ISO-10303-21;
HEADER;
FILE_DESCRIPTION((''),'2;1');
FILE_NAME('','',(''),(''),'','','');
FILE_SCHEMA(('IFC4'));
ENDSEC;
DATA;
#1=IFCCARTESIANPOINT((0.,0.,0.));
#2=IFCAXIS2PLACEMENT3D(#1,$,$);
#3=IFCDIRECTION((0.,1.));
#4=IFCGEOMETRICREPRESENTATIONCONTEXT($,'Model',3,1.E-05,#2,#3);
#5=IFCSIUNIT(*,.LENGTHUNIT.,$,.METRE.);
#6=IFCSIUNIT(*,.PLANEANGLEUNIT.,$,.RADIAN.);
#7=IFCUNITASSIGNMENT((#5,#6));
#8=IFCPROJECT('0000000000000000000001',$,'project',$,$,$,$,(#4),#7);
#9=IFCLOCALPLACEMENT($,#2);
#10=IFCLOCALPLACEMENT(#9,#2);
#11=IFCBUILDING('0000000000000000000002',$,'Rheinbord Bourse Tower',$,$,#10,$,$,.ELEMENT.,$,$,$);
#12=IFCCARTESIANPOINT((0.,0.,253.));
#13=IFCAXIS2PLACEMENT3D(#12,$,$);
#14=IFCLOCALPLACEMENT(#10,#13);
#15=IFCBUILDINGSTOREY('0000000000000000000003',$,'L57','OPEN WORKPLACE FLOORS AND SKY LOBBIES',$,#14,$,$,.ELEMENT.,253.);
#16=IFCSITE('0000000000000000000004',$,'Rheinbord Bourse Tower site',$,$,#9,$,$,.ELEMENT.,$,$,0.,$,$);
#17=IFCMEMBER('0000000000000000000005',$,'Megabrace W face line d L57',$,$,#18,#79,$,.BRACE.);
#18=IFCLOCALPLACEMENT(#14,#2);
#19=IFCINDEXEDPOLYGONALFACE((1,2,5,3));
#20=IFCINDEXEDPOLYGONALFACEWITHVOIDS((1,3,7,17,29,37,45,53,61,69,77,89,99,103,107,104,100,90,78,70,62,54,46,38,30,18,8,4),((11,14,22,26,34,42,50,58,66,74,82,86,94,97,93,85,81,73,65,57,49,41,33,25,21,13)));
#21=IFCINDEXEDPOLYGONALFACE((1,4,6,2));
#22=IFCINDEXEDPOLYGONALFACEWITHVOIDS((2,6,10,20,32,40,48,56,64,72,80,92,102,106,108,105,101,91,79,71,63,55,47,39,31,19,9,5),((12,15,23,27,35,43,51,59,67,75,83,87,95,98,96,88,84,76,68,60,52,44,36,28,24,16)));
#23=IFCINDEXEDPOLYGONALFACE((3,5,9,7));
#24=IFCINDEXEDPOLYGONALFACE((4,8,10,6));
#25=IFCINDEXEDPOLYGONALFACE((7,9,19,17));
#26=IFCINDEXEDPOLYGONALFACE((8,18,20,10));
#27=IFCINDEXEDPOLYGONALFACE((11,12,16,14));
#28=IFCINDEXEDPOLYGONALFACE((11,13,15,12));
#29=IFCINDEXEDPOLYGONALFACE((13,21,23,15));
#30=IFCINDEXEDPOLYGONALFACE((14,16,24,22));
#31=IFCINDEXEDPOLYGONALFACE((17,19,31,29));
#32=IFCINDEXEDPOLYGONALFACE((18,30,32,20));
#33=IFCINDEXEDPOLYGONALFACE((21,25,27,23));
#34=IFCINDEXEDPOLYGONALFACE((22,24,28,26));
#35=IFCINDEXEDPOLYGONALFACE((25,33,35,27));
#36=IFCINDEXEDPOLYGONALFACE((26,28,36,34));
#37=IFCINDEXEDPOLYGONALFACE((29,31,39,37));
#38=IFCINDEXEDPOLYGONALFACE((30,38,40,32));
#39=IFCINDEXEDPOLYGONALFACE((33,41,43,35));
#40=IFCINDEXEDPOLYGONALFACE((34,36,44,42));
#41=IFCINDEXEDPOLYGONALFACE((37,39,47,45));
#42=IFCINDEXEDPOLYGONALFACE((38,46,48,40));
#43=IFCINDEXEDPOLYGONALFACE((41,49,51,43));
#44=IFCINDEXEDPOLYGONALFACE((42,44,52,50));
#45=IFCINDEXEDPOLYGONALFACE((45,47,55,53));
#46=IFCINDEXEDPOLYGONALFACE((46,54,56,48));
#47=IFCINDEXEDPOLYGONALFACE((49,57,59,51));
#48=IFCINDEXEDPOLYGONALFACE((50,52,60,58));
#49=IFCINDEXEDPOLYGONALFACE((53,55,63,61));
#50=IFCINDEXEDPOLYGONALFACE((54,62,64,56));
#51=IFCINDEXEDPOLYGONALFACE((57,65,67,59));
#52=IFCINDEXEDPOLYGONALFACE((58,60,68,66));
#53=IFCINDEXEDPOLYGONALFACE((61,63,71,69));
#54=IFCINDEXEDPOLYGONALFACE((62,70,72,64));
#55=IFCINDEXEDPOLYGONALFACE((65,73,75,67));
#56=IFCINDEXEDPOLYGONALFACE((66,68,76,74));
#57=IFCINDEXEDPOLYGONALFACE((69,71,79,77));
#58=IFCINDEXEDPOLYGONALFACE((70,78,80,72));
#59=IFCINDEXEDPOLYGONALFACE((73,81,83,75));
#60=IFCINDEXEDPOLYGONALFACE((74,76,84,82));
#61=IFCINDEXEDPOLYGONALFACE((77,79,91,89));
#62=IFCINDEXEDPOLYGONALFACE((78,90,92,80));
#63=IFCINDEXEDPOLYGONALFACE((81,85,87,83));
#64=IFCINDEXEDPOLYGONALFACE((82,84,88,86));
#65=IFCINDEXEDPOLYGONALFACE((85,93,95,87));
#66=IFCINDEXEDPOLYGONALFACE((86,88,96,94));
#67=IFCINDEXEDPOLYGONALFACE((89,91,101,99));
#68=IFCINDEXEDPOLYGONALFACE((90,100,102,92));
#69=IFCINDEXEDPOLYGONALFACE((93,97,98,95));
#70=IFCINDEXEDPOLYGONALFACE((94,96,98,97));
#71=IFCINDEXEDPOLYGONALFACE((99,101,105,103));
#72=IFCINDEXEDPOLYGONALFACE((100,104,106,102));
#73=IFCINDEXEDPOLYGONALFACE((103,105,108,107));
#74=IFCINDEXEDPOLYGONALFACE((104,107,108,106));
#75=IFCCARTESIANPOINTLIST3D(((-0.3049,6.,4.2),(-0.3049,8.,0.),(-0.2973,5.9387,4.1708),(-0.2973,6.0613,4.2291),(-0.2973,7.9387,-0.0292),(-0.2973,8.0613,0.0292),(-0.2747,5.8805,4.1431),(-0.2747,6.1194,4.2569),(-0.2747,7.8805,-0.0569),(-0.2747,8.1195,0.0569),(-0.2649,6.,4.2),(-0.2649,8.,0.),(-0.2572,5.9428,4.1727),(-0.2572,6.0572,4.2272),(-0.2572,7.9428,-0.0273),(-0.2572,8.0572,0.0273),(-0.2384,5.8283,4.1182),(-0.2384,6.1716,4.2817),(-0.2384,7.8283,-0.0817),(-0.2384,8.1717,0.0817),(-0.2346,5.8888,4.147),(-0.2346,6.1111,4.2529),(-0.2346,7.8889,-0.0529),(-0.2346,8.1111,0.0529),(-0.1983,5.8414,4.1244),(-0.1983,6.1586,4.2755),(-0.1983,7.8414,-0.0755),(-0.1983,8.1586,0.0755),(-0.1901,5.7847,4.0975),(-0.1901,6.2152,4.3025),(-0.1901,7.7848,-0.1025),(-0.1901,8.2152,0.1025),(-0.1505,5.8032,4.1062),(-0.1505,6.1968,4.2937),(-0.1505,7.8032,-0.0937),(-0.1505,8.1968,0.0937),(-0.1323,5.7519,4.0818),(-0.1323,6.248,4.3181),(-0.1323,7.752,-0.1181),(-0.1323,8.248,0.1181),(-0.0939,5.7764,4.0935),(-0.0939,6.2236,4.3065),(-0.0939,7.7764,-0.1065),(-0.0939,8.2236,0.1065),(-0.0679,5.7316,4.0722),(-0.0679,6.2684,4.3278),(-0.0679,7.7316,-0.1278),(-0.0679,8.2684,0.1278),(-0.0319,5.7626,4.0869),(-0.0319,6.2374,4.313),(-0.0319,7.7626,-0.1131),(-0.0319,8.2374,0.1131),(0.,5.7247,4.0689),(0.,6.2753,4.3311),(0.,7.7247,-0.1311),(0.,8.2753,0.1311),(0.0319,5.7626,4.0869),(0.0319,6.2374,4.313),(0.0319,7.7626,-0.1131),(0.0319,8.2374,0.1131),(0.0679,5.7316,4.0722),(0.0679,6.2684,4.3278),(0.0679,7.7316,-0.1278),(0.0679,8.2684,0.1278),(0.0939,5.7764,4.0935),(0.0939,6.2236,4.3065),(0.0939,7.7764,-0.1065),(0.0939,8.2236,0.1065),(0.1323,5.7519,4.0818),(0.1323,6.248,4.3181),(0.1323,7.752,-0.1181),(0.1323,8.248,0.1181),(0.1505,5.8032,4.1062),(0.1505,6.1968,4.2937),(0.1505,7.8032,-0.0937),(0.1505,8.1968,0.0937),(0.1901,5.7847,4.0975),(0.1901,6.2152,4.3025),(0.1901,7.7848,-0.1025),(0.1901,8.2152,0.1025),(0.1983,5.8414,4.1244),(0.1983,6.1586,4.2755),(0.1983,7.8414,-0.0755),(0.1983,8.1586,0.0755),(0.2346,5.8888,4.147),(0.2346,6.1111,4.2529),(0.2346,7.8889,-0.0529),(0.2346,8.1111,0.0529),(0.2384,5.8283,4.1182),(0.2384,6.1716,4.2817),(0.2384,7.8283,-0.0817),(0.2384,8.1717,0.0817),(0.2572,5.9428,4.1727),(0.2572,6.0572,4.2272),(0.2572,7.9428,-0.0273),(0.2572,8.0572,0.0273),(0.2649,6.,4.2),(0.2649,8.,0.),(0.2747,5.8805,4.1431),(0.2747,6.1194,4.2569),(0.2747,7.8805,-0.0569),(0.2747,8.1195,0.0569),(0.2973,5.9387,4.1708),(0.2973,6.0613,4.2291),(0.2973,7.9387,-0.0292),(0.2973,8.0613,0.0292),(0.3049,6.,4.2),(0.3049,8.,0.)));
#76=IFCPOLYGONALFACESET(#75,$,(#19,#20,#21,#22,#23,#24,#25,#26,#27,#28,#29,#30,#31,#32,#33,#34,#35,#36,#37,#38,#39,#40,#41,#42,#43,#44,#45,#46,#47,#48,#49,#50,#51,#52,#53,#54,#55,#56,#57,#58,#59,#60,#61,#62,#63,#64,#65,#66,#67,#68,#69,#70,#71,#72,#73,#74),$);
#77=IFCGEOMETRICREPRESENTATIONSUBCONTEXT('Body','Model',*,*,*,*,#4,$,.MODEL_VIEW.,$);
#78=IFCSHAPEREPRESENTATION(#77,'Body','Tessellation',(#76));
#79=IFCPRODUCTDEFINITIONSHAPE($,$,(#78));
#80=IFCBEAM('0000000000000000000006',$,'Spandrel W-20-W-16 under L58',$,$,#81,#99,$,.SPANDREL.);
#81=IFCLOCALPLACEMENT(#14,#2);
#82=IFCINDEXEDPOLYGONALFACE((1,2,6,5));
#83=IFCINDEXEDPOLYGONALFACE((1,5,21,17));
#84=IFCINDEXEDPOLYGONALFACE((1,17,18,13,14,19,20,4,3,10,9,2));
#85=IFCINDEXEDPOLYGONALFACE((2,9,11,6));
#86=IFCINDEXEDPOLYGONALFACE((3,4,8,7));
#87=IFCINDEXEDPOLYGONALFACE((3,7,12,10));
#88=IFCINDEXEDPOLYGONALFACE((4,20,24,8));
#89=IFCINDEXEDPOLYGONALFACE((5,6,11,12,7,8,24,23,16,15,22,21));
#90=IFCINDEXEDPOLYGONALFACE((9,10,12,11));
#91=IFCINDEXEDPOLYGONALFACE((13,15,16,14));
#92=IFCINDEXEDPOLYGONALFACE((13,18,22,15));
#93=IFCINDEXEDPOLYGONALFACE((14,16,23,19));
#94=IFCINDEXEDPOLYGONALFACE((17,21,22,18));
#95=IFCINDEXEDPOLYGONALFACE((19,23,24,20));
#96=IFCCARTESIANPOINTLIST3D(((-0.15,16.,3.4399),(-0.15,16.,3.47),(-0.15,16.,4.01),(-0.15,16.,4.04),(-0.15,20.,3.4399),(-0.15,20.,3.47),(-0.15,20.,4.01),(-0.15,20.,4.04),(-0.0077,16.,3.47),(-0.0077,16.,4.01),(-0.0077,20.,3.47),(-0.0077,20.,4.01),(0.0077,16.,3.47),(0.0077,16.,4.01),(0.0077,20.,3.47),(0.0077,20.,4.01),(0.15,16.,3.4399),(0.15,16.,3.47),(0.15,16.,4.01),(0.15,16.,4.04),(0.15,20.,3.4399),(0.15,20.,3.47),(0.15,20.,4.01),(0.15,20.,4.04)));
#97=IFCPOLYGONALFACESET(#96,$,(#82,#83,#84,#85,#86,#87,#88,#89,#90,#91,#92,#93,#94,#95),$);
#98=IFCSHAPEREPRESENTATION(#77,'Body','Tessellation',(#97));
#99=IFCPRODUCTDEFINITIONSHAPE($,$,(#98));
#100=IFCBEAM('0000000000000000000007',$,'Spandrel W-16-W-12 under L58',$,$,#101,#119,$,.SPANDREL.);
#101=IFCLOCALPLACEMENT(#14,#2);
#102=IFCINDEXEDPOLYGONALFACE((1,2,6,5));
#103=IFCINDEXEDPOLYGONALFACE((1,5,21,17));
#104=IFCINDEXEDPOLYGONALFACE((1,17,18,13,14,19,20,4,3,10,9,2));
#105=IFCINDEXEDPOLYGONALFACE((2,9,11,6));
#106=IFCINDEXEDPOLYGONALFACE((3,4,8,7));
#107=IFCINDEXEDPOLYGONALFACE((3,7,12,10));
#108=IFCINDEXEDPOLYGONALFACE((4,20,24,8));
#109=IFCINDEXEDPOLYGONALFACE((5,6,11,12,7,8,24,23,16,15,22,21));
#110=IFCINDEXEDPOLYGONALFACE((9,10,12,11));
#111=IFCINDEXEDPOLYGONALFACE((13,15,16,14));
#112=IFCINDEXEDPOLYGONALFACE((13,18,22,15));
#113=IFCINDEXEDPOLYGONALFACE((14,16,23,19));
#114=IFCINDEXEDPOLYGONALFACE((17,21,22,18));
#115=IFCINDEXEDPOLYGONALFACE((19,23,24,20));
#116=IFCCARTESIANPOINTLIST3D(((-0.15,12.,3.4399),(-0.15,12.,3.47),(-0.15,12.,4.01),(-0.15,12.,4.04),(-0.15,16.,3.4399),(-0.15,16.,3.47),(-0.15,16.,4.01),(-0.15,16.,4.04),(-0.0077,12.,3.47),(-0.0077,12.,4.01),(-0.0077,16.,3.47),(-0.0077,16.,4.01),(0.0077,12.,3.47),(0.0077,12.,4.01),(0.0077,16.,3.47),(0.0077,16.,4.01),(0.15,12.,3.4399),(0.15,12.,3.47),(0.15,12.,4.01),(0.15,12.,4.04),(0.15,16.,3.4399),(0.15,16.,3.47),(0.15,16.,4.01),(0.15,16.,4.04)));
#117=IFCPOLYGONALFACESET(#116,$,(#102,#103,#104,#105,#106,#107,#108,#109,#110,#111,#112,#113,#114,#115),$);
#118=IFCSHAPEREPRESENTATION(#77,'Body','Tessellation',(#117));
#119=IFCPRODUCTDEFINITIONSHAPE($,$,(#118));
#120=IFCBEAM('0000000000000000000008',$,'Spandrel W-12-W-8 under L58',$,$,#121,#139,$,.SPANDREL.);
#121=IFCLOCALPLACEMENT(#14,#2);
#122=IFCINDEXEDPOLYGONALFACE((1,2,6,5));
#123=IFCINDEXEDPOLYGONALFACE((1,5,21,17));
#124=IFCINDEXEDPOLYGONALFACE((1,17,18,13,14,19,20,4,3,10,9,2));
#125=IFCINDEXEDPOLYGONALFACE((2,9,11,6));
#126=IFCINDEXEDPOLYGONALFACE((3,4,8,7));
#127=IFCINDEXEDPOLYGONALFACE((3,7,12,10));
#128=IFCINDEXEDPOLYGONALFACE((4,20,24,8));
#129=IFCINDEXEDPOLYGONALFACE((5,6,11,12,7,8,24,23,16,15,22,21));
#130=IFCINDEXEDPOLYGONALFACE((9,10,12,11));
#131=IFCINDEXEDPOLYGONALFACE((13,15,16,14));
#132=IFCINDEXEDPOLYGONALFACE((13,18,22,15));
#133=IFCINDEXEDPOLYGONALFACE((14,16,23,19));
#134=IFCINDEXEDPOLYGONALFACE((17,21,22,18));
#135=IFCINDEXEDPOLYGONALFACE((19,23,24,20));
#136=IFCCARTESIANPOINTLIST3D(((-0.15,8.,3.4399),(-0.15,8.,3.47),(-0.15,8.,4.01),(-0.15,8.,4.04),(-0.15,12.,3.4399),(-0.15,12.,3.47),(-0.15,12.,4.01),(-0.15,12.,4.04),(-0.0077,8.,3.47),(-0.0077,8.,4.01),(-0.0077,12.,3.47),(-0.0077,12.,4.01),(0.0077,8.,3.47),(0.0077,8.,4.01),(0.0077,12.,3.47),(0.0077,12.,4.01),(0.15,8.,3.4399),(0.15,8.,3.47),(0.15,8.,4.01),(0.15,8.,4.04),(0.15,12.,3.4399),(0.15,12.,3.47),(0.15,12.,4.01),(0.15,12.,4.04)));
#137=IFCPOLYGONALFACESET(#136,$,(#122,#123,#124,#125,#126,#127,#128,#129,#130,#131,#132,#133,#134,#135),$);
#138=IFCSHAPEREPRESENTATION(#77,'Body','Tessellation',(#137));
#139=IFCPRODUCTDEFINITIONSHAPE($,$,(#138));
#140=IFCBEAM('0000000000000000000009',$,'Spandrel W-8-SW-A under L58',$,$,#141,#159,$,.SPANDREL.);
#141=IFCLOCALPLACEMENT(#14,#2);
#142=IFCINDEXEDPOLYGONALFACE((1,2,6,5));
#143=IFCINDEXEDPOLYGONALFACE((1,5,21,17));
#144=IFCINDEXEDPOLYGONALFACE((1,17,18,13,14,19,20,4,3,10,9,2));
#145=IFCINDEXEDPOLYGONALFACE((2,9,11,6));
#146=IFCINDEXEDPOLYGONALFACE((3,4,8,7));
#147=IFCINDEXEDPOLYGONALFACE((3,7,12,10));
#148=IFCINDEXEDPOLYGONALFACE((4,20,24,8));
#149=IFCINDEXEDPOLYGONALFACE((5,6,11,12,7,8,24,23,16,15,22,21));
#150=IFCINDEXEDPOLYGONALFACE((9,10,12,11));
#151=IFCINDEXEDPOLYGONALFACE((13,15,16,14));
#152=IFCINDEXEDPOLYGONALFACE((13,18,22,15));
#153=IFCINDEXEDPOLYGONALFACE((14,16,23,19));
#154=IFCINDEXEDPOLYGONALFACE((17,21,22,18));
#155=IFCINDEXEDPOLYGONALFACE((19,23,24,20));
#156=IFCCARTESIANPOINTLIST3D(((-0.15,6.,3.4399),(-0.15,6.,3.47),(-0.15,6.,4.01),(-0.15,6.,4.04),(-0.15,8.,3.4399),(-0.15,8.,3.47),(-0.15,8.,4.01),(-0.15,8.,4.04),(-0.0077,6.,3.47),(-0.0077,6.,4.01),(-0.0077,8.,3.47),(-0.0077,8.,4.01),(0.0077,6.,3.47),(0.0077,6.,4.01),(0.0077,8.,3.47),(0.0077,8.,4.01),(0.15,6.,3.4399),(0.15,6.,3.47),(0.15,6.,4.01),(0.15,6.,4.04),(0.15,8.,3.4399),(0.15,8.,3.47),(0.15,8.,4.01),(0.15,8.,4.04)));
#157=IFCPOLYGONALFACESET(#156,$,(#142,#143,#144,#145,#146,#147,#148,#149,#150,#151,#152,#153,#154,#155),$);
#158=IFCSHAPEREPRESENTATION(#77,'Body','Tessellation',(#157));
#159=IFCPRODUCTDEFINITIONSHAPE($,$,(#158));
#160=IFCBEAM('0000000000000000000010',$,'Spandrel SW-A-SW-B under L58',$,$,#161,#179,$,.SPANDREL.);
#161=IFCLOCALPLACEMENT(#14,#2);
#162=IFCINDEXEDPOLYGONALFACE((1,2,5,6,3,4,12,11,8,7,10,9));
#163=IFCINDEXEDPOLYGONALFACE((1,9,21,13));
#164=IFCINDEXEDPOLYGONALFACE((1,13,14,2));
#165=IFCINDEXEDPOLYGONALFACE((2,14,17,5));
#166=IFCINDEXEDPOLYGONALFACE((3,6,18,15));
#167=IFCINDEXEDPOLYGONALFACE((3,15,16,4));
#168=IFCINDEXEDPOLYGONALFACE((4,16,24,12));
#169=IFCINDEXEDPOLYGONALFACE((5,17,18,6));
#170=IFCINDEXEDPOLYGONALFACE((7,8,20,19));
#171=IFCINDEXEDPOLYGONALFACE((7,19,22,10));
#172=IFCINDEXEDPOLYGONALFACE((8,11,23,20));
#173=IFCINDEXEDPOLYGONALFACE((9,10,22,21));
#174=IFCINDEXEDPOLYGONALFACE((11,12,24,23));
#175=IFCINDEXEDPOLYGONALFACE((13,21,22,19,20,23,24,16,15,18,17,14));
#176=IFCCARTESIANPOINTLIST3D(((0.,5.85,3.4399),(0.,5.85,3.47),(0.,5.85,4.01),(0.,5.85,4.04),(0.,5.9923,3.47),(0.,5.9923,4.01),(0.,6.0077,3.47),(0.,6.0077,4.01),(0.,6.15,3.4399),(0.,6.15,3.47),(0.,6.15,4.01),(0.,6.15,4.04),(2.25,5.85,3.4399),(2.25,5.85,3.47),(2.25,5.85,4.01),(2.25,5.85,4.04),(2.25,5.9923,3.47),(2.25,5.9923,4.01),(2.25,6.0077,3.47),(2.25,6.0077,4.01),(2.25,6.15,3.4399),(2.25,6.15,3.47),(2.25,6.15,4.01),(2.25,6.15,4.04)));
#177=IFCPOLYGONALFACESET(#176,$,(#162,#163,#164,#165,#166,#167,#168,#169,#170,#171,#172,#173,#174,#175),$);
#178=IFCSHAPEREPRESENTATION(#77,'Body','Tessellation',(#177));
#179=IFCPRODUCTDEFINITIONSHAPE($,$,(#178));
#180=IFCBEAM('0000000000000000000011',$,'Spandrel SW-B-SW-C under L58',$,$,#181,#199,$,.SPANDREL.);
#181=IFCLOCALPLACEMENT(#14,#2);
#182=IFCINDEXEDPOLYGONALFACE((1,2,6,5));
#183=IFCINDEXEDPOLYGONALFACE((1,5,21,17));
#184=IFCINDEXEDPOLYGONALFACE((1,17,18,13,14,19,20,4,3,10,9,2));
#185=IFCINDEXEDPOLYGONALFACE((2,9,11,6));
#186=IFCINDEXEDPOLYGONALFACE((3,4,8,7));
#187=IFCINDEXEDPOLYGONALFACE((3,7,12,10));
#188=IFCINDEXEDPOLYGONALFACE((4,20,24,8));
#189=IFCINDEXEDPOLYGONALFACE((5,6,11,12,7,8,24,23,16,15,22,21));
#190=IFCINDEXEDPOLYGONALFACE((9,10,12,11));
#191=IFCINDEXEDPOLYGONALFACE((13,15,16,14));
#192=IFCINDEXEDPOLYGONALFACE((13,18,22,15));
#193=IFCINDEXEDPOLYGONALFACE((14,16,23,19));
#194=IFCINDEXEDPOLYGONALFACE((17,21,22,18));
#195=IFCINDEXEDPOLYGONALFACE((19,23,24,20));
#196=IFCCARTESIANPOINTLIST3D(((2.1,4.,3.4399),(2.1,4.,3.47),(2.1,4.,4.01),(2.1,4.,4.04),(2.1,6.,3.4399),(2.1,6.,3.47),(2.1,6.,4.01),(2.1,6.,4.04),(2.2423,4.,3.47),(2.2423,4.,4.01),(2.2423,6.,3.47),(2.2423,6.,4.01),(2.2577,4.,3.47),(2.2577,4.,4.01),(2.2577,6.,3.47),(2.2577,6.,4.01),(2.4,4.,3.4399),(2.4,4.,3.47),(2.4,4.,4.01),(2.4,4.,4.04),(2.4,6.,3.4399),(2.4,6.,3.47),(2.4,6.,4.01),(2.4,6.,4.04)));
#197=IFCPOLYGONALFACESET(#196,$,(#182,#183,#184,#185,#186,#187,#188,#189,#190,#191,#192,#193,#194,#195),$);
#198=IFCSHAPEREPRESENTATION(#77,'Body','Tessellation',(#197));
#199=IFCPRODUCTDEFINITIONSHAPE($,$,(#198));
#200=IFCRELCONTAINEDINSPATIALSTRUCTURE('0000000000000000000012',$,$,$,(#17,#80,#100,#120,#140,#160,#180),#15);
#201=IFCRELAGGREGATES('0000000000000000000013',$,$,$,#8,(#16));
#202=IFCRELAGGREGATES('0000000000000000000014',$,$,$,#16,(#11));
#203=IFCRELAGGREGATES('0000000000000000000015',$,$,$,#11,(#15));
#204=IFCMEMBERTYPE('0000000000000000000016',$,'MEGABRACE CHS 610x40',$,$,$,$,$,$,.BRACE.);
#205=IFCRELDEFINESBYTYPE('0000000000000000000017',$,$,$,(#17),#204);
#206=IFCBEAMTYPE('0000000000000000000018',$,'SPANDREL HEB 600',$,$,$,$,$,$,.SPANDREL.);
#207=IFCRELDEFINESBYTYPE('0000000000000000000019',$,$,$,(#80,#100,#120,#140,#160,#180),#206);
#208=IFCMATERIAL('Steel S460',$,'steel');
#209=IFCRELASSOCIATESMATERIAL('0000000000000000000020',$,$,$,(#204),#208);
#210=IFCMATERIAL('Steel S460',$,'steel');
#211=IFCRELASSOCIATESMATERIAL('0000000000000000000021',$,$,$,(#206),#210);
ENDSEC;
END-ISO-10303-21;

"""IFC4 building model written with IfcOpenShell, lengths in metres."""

from ifc_helpers import new_model, si_unit, direction, frame, origin, origin_2d, place, context, subcontext, project, spatial, hollow_circle, i_section, extrude, material, material_profile, profile_set, type_object, element, save


model = new_model("IFC4")

# Units and contexts
model_context = context("Model", 3, precision=1e-05, world=origin(), true_north=direction((0.0, 1.0)))
body_context = subcontext(model_context, "Body", "Model", "MODEL_VIEW")
ifc_project = project(units=[si_unit("LENGTHUNIT", "METRE"), si_unit("PLANEANGLEUNIT", "RADIAN")], contexts=[model_context])

# Site, building, storey
site_placement = place(None, origin())
site = spatial("IfcSite", under=ifc_project, at=site_placement, Name="Rheinbord Bourse Tower site", CompositionType="ELEMENT", RefElevation=0.0)
building_placement = place(site_placement, origin())
building = spatial("IfcBuilding", under=site, at=building_placement, Name="Rheinbord Bourse Tower", CompositionType="ELEMENT")
storey_placement = place(building_placement, frame((0.0, 0.0, 253.0)))
storey = spatial("IfcBuildingStorey", under=building, at=storey_placement, Name="L57", Description="OPEN WORKPLACE FLOORS AND SKY LOBBIES", CompositionType="ELEMENT", Elevation=253.0)

# Member
ifc_material_1 = material(Name="Steel S460", Category="steel")
ifc_material_profile_1 = material_profile(ifc_material_1, hollow_circle(Radius=0.3049, WallThickness=0.04, at=origin_2d()), Name="CHS 610x40")
ifc_profile_set_1 = profile_set([ifc_material_profile_1], Name="Steel S460")
member_type_1 = type_object("IfcMemberType", Name="MEGABRACE CHS 610x40", PredefinedType="BRACE", material=ifc_profile_set_1)
member_1_placement = place(storey_placement, frame((0.0, 8.0, 0.0), z_axis=(0.0, -0.429938, 0.902859), x_axis=(1.0, 0.0, 0.0)))
element("IfcMember", 1, at=member_1_placement, inside=storey, type_object=member_type_1, Name="Megabrace W face line d L57", PredefinedType="BRACE", context=body_context, shape_type="SweptSolid", body=[
    extrude(hollow_circle(Radius=0.3049, WallThickness=0.04, at=origin_2d()), origin(), (0.0, 0.0, 1.0), 4.6519),
])

# Beams
ifc_material_2 = material(Name="Steel S460", Category="steel")
ifc_material_profile_2 = material_profile(ifc_material_2, i_section(OverallWidth=0.3, OverallDepth=0.6001, WebThickness=0.0154, FlangeThickness=0.03, at=origin_2d()), Name="HEB 600")
ifc_profile_set_2 = profile_set([ifc_material_profile_2], Name="Steel S460")
beam_type_1 = type_object("IfcBeamType", Name="SPANDREL HEB 600", PredefinedType="SPANDREL", material=ifc_profile_set_2)
for number, where, z_axis, x_axis, name in (
    (2, (0.0, 20.0, 3.74), (0.0, -1.0, 0.0), (1.0, 0.0, 0.0), "Spandrel W-20-W-16 under L58"),
    (3, (0.0, 16.0, 3.74), (0.0, -1.0, 0.0), (1.0, 0.0, 0.0), "Spandrel W-16-W-12 under L58"),
    (4, (0.0, 12.0, 3.74), (0.0, -1.0, 0.0), (1.0, 0.0, 0.0), "Spandrel W-12-W-8 under L58"),
):
    element("IfcBeam", number, at=place(storey_placement, frame(where, z_axis=z_axis, x_axis=x_axis)), inside=storey, type_object=beam_type_1, Name=name, PredefinedType="SPANDREL", context=body_context, shape_type="SweptSolid", body=[
        extrude(i_section(OverallWidth=0.3, OverallDepth=0.6001, WebThickness=0.0154, FlangeThickness=0.03, at=origin_2d()), origin(), (0.0, 0.0, 1.0), 4.0),
    ])
beam_1_placement = place(storey_placement, frame((0.0, 8.0, 3.74), z_axis=(0.0, -1.0, 0.0), x_axis=(1.0, 0.0, 0.0)))
element("IfcBeam", 5, at=beam_1_placement, inside=storey, type_object=beam_type_1, Name="Spandrel W-8-SW-A under L58", PredefinedType="SPANDREL", context=body_context, shape_type="SweptSolid", body=[
    extrude(i_section(OverallWidth=0.3, OverallDepth=0.6001, WebThickness=0.0154, FlangeThickness=0.03, at=origin_2d()), origin(), (0.0, 0.0, 1.0), 2.0),
])
beam_2_placement = place(storey_placement, frame((0.0, 6.0, 3.74), z_axis=(1.0, 0.0, 0.0), x_axis=(0.0, 1.0, 0.0)))
element("IfcBeam", 6, at=beam_2_placement, inside=storey, type_object=beam_type_1, Name="Spandrel SW-A-SW-B under L58", PredefinedType="SPANDREL", context=body_context, shape_type="SweptSolid", body=[
    extrude(i_section(OverallWidth=0.3, OverallDepth=0.6001, WebThickness=0.0154, FlangeThickness=0.03, at=origin_2d()), origin(), (0.0, 0.0, 1.0), 2.25),
])
beam_3_placement = place(storey_placement, frame((2.25, 6.0, 3.74), z_axis=(0.0, -1.0, 0.0), x_axis=(1.0, 0.0, 0.0)))
element("IfcBeam", 7, at=beam_3_placement, inside=storey, type_object=beam_type_1, Name="Spandrel SW-B-SW-C under L58", PredefinedType="SPANDREL", context=body_context, shape_type="SweptSolid", body=[
    extrude(i_section(OverallWidth=0.3, OverallDepth=0.6001, WebThickness=0.0154, FlangeThickness=0.03, at=origin_2d()), origin(), (0.0, 0.0, 1.0), 2.0),
])

save(model, "model.ifc")
